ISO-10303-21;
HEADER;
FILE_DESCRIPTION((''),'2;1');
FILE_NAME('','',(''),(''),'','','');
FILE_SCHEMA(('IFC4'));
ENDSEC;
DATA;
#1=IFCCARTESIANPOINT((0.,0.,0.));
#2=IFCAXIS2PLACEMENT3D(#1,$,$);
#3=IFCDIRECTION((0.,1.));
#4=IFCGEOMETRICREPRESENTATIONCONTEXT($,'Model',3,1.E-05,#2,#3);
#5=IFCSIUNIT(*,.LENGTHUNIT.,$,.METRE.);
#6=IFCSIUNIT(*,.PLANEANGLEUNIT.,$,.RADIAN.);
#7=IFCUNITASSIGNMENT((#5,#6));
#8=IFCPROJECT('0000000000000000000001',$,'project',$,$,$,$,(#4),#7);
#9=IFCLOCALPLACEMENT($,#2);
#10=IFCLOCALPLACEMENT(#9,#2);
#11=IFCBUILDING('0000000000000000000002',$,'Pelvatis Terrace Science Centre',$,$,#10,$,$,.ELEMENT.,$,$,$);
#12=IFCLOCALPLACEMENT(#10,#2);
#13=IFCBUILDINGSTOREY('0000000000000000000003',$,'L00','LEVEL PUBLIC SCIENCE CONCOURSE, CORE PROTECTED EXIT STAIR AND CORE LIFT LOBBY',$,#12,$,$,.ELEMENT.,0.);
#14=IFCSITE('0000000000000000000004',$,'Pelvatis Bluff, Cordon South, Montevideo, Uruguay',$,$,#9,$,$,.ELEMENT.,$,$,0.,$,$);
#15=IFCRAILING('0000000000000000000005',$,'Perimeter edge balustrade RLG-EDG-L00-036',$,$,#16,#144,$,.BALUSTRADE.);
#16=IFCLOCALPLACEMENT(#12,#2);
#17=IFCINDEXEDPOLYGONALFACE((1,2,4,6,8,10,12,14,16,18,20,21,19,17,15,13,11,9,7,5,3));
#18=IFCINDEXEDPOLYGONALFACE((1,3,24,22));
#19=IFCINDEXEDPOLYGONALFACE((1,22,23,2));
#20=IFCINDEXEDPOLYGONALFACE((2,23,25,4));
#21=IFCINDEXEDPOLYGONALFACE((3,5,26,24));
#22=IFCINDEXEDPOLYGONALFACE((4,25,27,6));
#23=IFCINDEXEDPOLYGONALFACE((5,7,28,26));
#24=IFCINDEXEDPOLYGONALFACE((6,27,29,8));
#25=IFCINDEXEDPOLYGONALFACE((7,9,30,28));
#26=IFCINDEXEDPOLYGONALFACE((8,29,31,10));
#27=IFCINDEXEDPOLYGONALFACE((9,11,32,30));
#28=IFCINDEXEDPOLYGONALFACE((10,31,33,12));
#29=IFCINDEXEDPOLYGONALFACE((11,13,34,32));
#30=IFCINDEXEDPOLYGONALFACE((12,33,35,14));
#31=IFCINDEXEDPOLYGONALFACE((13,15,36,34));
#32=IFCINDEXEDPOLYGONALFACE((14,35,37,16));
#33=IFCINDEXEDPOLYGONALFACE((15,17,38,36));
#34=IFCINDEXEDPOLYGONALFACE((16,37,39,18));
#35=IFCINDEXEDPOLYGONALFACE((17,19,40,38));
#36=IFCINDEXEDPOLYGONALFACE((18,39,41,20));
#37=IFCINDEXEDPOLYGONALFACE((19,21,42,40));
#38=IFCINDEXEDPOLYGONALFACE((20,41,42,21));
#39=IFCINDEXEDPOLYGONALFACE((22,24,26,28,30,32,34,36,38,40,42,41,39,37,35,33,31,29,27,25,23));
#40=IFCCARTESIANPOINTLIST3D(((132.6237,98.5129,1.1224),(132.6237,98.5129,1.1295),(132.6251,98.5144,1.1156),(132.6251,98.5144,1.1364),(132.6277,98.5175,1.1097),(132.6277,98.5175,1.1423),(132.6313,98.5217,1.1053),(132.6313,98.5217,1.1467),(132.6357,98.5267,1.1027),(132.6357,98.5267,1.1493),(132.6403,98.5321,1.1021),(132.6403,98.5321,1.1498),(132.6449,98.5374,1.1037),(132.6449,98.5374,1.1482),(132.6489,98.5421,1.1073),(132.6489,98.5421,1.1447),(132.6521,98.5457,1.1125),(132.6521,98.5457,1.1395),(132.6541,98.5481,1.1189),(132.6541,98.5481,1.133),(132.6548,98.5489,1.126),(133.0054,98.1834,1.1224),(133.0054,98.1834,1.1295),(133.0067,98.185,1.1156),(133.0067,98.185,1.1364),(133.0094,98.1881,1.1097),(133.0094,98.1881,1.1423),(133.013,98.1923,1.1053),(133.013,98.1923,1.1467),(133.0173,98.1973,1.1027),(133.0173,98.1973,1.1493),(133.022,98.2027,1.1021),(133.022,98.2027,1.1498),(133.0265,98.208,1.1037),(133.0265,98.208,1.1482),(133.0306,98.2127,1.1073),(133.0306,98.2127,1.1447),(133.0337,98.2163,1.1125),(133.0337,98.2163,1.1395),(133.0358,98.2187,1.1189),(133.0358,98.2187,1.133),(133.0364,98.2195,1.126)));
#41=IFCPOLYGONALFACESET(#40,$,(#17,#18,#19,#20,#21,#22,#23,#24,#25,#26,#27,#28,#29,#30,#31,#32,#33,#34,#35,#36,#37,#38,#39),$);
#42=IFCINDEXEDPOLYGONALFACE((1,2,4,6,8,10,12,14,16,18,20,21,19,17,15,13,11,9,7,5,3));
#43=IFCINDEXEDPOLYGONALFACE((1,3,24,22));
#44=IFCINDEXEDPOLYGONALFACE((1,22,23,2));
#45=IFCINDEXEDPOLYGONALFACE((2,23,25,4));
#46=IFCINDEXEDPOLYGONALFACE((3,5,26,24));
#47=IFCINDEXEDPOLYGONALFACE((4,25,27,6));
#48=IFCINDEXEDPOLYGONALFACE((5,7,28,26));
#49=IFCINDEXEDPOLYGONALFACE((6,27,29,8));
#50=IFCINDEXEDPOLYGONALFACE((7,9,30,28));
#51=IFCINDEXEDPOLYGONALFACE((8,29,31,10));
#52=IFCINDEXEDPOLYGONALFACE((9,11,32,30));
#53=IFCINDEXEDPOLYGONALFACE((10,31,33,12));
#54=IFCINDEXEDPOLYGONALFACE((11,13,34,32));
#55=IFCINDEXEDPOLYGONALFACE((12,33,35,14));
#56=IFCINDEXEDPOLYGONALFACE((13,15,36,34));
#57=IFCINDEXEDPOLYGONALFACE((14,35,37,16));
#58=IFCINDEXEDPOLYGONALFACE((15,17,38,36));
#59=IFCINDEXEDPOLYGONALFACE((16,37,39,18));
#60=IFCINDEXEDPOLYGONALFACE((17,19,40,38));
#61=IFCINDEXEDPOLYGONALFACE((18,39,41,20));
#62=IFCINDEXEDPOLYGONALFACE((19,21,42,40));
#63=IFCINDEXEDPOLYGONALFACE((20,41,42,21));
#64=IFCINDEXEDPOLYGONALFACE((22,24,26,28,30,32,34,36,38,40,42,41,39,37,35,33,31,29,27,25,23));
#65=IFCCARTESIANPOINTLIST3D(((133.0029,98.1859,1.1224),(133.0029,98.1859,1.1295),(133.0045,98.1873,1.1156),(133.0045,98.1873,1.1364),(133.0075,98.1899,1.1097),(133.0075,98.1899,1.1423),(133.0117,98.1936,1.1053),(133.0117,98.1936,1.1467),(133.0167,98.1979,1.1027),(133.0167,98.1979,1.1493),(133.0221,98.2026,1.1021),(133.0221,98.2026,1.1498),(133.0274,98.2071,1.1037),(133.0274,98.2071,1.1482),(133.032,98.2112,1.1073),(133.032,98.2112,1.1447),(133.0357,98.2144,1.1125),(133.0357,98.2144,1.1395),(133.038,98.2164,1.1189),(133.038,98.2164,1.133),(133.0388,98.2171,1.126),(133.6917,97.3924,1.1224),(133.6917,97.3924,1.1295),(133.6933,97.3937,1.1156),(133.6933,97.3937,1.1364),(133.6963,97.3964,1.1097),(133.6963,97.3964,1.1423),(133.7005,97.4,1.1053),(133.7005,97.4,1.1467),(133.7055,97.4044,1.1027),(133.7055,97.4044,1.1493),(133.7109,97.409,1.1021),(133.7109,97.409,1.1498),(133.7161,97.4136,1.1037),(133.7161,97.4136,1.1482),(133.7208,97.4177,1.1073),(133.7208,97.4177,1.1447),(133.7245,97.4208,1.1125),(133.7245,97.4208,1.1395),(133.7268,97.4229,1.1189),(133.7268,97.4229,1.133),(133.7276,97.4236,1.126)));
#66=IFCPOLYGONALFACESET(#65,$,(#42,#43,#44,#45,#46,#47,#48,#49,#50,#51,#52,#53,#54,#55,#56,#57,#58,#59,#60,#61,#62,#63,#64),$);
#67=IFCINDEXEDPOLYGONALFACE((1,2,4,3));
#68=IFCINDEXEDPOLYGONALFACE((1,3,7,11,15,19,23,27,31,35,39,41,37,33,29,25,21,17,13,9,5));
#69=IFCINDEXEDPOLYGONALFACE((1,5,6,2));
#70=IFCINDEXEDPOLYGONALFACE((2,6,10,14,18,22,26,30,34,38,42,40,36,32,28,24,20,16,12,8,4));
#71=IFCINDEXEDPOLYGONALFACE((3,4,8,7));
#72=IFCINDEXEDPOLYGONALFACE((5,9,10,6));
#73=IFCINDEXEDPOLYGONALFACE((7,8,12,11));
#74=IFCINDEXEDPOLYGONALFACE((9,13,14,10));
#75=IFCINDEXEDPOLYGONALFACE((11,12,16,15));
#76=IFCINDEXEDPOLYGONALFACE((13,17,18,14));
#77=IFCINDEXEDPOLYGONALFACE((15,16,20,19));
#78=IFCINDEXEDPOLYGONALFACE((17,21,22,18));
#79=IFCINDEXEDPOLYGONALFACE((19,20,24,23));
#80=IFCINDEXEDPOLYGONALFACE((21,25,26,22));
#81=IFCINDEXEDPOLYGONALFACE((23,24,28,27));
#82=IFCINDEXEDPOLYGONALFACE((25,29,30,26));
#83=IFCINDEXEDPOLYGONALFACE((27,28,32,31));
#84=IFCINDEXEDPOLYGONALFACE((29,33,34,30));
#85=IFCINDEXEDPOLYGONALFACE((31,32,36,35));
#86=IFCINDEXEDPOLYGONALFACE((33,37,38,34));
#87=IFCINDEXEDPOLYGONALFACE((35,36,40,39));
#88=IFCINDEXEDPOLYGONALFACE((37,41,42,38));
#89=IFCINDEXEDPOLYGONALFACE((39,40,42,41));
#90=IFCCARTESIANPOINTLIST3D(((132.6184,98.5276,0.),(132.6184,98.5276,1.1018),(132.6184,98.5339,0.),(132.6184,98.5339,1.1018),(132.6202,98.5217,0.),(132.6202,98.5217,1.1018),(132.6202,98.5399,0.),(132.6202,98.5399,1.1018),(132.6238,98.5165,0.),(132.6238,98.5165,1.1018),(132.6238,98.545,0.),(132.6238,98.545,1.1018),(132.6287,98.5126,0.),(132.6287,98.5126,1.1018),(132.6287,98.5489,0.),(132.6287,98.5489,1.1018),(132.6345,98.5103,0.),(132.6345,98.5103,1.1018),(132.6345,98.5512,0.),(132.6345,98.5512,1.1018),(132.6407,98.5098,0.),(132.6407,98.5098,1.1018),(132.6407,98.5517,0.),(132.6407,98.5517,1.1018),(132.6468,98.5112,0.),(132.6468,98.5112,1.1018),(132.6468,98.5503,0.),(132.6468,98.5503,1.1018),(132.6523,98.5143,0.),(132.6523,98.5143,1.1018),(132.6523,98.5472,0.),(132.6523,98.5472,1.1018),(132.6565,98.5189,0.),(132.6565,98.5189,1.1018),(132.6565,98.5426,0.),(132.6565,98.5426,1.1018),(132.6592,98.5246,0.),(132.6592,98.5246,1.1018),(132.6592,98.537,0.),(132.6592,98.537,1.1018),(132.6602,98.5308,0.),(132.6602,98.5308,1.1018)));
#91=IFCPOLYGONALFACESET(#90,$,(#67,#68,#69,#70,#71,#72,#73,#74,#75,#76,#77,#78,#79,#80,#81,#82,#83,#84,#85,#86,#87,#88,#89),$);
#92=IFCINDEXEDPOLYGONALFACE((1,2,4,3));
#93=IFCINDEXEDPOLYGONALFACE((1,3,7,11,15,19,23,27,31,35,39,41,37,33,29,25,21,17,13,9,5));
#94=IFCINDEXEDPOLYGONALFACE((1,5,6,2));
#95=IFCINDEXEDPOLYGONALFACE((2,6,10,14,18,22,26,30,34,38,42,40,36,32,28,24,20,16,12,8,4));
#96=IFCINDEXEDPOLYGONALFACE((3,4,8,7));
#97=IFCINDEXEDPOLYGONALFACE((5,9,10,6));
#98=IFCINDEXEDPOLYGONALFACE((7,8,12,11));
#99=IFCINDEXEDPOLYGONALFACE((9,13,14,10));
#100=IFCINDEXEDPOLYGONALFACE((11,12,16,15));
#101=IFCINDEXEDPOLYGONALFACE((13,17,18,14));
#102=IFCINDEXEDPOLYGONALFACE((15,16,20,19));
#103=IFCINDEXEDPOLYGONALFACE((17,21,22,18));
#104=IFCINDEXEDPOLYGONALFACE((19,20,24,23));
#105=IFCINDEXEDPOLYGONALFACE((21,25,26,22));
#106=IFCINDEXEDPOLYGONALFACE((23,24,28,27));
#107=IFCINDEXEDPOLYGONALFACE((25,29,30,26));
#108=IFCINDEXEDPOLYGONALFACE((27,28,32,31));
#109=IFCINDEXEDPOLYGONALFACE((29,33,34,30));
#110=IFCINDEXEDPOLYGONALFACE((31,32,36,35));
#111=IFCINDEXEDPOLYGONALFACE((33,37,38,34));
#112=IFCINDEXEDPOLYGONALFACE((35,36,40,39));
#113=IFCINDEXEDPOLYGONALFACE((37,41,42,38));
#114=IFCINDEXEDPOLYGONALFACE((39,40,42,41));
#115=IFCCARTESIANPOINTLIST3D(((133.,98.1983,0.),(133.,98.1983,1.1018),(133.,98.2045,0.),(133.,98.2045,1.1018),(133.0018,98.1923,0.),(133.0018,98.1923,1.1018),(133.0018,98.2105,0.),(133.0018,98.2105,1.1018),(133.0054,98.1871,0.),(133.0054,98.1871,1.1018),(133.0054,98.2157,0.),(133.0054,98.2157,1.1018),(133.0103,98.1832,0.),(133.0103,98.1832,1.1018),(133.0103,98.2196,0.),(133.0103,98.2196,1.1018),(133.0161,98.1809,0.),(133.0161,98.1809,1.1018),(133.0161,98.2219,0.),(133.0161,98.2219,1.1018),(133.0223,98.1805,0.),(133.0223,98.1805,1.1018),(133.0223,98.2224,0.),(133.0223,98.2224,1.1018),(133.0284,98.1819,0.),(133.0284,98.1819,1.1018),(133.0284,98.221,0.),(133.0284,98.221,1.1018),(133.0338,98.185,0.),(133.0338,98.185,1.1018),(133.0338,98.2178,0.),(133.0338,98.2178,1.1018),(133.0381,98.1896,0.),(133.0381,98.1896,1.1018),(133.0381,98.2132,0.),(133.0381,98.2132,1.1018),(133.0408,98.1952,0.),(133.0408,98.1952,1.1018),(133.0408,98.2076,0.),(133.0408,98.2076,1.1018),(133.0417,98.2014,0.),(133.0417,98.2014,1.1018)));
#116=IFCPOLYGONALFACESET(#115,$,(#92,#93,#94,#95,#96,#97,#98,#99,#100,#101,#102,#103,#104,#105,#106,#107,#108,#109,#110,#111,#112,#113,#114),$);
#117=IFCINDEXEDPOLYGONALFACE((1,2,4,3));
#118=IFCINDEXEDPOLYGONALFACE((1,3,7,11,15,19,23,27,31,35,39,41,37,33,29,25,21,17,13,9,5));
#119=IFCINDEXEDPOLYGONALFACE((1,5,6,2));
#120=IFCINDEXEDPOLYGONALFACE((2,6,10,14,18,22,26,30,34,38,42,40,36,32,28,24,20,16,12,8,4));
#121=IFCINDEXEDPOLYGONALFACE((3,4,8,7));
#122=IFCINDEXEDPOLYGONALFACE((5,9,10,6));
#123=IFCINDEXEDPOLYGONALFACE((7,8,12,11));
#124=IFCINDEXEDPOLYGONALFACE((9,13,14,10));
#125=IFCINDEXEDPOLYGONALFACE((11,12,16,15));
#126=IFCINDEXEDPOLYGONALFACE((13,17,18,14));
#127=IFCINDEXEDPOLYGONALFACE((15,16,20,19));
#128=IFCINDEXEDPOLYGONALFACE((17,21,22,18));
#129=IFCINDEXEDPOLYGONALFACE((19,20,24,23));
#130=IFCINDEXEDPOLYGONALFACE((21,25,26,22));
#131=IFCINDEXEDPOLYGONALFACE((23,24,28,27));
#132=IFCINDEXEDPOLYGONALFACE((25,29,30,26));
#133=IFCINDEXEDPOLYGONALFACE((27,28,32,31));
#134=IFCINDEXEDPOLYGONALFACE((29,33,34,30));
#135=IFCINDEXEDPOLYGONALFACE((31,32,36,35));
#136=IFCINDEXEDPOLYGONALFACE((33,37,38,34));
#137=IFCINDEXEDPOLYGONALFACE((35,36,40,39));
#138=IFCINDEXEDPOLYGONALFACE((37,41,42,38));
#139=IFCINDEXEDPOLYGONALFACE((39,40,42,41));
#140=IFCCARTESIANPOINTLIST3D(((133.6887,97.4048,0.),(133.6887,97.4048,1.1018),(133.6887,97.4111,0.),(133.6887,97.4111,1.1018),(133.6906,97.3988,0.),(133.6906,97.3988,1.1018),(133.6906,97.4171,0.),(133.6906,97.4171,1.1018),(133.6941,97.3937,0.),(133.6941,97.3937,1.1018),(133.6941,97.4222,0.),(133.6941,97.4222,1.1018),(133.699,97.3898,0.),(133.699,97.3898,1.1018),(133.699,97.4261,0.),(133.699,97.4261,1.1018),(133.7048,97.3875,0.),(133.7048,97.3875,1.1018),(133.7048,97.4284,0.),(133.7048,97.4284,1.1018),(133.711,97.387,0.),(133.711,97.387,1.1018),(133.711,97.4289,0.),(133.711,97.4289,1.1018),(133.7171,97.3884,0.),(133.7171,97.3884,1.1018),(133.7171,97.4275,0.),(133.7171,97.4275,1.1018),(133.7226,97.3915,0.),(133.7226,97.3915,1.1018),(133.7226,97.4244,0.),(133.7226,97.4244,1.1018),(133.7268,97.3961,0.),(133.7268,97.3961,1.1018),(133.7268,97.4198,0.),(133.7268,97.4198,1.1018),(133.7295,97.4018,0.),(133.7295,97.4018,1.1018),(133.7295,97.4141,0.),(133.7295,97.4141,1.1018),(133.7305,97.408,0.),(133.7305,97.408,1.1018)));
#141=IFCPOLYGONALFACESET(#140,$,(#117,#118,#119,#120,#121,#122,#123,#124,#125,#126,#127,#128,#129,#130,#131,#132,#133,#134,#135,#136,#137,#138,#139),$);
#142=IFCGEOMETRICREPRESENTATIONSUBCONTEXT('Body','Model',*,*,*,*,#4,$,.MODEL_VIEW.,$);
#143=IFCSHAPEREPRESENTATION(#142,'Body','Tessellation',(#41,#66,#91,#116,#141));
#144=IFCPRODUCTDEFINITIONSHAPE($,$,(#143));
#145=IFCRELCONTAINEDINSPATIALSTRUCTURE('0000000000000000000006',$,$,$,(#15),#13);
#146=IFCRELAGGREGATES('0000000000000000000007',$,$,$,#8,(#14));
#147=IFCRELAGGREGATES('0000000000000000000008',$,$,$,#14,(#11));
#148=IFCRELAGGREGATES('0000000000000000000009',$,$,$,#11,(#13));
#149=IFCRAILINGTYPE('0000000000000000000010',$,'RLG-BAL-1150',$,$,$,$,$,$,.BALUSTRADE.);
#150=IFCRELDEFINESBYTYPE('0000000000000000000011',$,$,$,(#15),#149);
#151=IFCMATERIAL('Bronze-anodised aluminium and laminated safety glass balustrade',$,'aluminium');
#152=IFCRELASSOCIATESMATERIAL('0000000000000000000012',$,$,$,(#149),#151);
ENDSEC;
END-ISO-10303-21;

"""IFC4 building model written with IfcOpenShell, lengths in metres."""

from ifc_helpers import new_model, si_unit, direction, frame, origin, origin_2d, place, context, subcontext, project, spatial, circle, extrude, material, type_object, element, save


model = new_model("IFC4")

# Units and contexts
model_context = context("Model", 3, precision=1e-05, world=origin(), true_north=direction((0.0, 1.0)))
body_context = subcontext(model_context, "Body", "Model", "MODEL_VIEW")
ifc_project = project(units=[si_unit("LENGTHUNIT", "METRE"), si_unit("PLANEANGLEUNIT", "RADIAN")], contexts=[model_context])

# Site, building, storey
site_placement = place(None, origin())
site = spatial("IfcSite", under=ifc_project, at=site_placement, Name="Pelvatis Bluff, Cordon South, Montevideo, Uruguay", CompositionType="ELEMENT", RefElevation=0.0)
building_placement = place(site_placement, origin())
building = spatial("IfcBuilding", under=site, at=building_placement, Name="Pelvatis Terrace Science Centre", CompositionType="ELEMENT")
storey_placement = place(building_placement, origin())
storey = spatial("IfcBuildingStorey", under=building, at=storey_placement, Name="L00", Description="LEVEL PUBLIC SCIENCE CONCOURSE, CORE PROTECTED EXIT STAIR AND CORE LIFT LOBBY", CompositionType="ELEMENT", Elevation=0.0)

# Railing
ifc_material_1 = material(Name="Bronze-anodised aluminium and laminated safety glass balustrade", Category="aluminium")
railing_type = type_object("IfcRailingType", Name="RLG-BAL-1150", PredefinedType="BALUSTRADE", material=ifc_material_1)
railing_placement = place(storey_placement, frame((132.6392, 98.5308, 0.0)))
element("IfcRailing", 1, at=railing_placement, inside=storey, type_object=railing_type, Name="Perimeter edge balustrade RLG-EDG-L00-036", PredefinedType="BALUSTRADE", context=body_context, shape_type="SweptSolid", body=[
    extrude(circle(Radius=0.0239, at=origin_2d()), frame((0.0, 0.0, 1.126), z_axis=(0.75703, -0.65338, 0.0), x_axis=(0.65338, 0.75703, 0.0)), (0.0, 0.0, 1.0), 0.5042),
    extrude(circle(Radius=0.0239, at=origin_2d()), frame((0.3816, -0.3293, 1.126), z_axis=(0.655505, -0.755191, 0.0), x_axis=(0.755191, 0.655505, 0.0)), (0.0, 0.0, 1.0), 1.0508),
    extrude(circle(Radius=0.021, at=origin_2d()), origin(), (0.0, 0.0, 1.0), 1.1018),
    extrude(circle(Radius=0.021, at=origin_2d()), frame((0.3816, -0.3293, 0.0)), (0.0, 0.0, 1.0), 1.1018),
    extrude(circle(Radius=0.021, at=origin_2d()), frame((1.0703, -1.1228, 0.0)), (0.0, 0.0, 1.0), 1.1018),
])

save(model, "model.ifc")
